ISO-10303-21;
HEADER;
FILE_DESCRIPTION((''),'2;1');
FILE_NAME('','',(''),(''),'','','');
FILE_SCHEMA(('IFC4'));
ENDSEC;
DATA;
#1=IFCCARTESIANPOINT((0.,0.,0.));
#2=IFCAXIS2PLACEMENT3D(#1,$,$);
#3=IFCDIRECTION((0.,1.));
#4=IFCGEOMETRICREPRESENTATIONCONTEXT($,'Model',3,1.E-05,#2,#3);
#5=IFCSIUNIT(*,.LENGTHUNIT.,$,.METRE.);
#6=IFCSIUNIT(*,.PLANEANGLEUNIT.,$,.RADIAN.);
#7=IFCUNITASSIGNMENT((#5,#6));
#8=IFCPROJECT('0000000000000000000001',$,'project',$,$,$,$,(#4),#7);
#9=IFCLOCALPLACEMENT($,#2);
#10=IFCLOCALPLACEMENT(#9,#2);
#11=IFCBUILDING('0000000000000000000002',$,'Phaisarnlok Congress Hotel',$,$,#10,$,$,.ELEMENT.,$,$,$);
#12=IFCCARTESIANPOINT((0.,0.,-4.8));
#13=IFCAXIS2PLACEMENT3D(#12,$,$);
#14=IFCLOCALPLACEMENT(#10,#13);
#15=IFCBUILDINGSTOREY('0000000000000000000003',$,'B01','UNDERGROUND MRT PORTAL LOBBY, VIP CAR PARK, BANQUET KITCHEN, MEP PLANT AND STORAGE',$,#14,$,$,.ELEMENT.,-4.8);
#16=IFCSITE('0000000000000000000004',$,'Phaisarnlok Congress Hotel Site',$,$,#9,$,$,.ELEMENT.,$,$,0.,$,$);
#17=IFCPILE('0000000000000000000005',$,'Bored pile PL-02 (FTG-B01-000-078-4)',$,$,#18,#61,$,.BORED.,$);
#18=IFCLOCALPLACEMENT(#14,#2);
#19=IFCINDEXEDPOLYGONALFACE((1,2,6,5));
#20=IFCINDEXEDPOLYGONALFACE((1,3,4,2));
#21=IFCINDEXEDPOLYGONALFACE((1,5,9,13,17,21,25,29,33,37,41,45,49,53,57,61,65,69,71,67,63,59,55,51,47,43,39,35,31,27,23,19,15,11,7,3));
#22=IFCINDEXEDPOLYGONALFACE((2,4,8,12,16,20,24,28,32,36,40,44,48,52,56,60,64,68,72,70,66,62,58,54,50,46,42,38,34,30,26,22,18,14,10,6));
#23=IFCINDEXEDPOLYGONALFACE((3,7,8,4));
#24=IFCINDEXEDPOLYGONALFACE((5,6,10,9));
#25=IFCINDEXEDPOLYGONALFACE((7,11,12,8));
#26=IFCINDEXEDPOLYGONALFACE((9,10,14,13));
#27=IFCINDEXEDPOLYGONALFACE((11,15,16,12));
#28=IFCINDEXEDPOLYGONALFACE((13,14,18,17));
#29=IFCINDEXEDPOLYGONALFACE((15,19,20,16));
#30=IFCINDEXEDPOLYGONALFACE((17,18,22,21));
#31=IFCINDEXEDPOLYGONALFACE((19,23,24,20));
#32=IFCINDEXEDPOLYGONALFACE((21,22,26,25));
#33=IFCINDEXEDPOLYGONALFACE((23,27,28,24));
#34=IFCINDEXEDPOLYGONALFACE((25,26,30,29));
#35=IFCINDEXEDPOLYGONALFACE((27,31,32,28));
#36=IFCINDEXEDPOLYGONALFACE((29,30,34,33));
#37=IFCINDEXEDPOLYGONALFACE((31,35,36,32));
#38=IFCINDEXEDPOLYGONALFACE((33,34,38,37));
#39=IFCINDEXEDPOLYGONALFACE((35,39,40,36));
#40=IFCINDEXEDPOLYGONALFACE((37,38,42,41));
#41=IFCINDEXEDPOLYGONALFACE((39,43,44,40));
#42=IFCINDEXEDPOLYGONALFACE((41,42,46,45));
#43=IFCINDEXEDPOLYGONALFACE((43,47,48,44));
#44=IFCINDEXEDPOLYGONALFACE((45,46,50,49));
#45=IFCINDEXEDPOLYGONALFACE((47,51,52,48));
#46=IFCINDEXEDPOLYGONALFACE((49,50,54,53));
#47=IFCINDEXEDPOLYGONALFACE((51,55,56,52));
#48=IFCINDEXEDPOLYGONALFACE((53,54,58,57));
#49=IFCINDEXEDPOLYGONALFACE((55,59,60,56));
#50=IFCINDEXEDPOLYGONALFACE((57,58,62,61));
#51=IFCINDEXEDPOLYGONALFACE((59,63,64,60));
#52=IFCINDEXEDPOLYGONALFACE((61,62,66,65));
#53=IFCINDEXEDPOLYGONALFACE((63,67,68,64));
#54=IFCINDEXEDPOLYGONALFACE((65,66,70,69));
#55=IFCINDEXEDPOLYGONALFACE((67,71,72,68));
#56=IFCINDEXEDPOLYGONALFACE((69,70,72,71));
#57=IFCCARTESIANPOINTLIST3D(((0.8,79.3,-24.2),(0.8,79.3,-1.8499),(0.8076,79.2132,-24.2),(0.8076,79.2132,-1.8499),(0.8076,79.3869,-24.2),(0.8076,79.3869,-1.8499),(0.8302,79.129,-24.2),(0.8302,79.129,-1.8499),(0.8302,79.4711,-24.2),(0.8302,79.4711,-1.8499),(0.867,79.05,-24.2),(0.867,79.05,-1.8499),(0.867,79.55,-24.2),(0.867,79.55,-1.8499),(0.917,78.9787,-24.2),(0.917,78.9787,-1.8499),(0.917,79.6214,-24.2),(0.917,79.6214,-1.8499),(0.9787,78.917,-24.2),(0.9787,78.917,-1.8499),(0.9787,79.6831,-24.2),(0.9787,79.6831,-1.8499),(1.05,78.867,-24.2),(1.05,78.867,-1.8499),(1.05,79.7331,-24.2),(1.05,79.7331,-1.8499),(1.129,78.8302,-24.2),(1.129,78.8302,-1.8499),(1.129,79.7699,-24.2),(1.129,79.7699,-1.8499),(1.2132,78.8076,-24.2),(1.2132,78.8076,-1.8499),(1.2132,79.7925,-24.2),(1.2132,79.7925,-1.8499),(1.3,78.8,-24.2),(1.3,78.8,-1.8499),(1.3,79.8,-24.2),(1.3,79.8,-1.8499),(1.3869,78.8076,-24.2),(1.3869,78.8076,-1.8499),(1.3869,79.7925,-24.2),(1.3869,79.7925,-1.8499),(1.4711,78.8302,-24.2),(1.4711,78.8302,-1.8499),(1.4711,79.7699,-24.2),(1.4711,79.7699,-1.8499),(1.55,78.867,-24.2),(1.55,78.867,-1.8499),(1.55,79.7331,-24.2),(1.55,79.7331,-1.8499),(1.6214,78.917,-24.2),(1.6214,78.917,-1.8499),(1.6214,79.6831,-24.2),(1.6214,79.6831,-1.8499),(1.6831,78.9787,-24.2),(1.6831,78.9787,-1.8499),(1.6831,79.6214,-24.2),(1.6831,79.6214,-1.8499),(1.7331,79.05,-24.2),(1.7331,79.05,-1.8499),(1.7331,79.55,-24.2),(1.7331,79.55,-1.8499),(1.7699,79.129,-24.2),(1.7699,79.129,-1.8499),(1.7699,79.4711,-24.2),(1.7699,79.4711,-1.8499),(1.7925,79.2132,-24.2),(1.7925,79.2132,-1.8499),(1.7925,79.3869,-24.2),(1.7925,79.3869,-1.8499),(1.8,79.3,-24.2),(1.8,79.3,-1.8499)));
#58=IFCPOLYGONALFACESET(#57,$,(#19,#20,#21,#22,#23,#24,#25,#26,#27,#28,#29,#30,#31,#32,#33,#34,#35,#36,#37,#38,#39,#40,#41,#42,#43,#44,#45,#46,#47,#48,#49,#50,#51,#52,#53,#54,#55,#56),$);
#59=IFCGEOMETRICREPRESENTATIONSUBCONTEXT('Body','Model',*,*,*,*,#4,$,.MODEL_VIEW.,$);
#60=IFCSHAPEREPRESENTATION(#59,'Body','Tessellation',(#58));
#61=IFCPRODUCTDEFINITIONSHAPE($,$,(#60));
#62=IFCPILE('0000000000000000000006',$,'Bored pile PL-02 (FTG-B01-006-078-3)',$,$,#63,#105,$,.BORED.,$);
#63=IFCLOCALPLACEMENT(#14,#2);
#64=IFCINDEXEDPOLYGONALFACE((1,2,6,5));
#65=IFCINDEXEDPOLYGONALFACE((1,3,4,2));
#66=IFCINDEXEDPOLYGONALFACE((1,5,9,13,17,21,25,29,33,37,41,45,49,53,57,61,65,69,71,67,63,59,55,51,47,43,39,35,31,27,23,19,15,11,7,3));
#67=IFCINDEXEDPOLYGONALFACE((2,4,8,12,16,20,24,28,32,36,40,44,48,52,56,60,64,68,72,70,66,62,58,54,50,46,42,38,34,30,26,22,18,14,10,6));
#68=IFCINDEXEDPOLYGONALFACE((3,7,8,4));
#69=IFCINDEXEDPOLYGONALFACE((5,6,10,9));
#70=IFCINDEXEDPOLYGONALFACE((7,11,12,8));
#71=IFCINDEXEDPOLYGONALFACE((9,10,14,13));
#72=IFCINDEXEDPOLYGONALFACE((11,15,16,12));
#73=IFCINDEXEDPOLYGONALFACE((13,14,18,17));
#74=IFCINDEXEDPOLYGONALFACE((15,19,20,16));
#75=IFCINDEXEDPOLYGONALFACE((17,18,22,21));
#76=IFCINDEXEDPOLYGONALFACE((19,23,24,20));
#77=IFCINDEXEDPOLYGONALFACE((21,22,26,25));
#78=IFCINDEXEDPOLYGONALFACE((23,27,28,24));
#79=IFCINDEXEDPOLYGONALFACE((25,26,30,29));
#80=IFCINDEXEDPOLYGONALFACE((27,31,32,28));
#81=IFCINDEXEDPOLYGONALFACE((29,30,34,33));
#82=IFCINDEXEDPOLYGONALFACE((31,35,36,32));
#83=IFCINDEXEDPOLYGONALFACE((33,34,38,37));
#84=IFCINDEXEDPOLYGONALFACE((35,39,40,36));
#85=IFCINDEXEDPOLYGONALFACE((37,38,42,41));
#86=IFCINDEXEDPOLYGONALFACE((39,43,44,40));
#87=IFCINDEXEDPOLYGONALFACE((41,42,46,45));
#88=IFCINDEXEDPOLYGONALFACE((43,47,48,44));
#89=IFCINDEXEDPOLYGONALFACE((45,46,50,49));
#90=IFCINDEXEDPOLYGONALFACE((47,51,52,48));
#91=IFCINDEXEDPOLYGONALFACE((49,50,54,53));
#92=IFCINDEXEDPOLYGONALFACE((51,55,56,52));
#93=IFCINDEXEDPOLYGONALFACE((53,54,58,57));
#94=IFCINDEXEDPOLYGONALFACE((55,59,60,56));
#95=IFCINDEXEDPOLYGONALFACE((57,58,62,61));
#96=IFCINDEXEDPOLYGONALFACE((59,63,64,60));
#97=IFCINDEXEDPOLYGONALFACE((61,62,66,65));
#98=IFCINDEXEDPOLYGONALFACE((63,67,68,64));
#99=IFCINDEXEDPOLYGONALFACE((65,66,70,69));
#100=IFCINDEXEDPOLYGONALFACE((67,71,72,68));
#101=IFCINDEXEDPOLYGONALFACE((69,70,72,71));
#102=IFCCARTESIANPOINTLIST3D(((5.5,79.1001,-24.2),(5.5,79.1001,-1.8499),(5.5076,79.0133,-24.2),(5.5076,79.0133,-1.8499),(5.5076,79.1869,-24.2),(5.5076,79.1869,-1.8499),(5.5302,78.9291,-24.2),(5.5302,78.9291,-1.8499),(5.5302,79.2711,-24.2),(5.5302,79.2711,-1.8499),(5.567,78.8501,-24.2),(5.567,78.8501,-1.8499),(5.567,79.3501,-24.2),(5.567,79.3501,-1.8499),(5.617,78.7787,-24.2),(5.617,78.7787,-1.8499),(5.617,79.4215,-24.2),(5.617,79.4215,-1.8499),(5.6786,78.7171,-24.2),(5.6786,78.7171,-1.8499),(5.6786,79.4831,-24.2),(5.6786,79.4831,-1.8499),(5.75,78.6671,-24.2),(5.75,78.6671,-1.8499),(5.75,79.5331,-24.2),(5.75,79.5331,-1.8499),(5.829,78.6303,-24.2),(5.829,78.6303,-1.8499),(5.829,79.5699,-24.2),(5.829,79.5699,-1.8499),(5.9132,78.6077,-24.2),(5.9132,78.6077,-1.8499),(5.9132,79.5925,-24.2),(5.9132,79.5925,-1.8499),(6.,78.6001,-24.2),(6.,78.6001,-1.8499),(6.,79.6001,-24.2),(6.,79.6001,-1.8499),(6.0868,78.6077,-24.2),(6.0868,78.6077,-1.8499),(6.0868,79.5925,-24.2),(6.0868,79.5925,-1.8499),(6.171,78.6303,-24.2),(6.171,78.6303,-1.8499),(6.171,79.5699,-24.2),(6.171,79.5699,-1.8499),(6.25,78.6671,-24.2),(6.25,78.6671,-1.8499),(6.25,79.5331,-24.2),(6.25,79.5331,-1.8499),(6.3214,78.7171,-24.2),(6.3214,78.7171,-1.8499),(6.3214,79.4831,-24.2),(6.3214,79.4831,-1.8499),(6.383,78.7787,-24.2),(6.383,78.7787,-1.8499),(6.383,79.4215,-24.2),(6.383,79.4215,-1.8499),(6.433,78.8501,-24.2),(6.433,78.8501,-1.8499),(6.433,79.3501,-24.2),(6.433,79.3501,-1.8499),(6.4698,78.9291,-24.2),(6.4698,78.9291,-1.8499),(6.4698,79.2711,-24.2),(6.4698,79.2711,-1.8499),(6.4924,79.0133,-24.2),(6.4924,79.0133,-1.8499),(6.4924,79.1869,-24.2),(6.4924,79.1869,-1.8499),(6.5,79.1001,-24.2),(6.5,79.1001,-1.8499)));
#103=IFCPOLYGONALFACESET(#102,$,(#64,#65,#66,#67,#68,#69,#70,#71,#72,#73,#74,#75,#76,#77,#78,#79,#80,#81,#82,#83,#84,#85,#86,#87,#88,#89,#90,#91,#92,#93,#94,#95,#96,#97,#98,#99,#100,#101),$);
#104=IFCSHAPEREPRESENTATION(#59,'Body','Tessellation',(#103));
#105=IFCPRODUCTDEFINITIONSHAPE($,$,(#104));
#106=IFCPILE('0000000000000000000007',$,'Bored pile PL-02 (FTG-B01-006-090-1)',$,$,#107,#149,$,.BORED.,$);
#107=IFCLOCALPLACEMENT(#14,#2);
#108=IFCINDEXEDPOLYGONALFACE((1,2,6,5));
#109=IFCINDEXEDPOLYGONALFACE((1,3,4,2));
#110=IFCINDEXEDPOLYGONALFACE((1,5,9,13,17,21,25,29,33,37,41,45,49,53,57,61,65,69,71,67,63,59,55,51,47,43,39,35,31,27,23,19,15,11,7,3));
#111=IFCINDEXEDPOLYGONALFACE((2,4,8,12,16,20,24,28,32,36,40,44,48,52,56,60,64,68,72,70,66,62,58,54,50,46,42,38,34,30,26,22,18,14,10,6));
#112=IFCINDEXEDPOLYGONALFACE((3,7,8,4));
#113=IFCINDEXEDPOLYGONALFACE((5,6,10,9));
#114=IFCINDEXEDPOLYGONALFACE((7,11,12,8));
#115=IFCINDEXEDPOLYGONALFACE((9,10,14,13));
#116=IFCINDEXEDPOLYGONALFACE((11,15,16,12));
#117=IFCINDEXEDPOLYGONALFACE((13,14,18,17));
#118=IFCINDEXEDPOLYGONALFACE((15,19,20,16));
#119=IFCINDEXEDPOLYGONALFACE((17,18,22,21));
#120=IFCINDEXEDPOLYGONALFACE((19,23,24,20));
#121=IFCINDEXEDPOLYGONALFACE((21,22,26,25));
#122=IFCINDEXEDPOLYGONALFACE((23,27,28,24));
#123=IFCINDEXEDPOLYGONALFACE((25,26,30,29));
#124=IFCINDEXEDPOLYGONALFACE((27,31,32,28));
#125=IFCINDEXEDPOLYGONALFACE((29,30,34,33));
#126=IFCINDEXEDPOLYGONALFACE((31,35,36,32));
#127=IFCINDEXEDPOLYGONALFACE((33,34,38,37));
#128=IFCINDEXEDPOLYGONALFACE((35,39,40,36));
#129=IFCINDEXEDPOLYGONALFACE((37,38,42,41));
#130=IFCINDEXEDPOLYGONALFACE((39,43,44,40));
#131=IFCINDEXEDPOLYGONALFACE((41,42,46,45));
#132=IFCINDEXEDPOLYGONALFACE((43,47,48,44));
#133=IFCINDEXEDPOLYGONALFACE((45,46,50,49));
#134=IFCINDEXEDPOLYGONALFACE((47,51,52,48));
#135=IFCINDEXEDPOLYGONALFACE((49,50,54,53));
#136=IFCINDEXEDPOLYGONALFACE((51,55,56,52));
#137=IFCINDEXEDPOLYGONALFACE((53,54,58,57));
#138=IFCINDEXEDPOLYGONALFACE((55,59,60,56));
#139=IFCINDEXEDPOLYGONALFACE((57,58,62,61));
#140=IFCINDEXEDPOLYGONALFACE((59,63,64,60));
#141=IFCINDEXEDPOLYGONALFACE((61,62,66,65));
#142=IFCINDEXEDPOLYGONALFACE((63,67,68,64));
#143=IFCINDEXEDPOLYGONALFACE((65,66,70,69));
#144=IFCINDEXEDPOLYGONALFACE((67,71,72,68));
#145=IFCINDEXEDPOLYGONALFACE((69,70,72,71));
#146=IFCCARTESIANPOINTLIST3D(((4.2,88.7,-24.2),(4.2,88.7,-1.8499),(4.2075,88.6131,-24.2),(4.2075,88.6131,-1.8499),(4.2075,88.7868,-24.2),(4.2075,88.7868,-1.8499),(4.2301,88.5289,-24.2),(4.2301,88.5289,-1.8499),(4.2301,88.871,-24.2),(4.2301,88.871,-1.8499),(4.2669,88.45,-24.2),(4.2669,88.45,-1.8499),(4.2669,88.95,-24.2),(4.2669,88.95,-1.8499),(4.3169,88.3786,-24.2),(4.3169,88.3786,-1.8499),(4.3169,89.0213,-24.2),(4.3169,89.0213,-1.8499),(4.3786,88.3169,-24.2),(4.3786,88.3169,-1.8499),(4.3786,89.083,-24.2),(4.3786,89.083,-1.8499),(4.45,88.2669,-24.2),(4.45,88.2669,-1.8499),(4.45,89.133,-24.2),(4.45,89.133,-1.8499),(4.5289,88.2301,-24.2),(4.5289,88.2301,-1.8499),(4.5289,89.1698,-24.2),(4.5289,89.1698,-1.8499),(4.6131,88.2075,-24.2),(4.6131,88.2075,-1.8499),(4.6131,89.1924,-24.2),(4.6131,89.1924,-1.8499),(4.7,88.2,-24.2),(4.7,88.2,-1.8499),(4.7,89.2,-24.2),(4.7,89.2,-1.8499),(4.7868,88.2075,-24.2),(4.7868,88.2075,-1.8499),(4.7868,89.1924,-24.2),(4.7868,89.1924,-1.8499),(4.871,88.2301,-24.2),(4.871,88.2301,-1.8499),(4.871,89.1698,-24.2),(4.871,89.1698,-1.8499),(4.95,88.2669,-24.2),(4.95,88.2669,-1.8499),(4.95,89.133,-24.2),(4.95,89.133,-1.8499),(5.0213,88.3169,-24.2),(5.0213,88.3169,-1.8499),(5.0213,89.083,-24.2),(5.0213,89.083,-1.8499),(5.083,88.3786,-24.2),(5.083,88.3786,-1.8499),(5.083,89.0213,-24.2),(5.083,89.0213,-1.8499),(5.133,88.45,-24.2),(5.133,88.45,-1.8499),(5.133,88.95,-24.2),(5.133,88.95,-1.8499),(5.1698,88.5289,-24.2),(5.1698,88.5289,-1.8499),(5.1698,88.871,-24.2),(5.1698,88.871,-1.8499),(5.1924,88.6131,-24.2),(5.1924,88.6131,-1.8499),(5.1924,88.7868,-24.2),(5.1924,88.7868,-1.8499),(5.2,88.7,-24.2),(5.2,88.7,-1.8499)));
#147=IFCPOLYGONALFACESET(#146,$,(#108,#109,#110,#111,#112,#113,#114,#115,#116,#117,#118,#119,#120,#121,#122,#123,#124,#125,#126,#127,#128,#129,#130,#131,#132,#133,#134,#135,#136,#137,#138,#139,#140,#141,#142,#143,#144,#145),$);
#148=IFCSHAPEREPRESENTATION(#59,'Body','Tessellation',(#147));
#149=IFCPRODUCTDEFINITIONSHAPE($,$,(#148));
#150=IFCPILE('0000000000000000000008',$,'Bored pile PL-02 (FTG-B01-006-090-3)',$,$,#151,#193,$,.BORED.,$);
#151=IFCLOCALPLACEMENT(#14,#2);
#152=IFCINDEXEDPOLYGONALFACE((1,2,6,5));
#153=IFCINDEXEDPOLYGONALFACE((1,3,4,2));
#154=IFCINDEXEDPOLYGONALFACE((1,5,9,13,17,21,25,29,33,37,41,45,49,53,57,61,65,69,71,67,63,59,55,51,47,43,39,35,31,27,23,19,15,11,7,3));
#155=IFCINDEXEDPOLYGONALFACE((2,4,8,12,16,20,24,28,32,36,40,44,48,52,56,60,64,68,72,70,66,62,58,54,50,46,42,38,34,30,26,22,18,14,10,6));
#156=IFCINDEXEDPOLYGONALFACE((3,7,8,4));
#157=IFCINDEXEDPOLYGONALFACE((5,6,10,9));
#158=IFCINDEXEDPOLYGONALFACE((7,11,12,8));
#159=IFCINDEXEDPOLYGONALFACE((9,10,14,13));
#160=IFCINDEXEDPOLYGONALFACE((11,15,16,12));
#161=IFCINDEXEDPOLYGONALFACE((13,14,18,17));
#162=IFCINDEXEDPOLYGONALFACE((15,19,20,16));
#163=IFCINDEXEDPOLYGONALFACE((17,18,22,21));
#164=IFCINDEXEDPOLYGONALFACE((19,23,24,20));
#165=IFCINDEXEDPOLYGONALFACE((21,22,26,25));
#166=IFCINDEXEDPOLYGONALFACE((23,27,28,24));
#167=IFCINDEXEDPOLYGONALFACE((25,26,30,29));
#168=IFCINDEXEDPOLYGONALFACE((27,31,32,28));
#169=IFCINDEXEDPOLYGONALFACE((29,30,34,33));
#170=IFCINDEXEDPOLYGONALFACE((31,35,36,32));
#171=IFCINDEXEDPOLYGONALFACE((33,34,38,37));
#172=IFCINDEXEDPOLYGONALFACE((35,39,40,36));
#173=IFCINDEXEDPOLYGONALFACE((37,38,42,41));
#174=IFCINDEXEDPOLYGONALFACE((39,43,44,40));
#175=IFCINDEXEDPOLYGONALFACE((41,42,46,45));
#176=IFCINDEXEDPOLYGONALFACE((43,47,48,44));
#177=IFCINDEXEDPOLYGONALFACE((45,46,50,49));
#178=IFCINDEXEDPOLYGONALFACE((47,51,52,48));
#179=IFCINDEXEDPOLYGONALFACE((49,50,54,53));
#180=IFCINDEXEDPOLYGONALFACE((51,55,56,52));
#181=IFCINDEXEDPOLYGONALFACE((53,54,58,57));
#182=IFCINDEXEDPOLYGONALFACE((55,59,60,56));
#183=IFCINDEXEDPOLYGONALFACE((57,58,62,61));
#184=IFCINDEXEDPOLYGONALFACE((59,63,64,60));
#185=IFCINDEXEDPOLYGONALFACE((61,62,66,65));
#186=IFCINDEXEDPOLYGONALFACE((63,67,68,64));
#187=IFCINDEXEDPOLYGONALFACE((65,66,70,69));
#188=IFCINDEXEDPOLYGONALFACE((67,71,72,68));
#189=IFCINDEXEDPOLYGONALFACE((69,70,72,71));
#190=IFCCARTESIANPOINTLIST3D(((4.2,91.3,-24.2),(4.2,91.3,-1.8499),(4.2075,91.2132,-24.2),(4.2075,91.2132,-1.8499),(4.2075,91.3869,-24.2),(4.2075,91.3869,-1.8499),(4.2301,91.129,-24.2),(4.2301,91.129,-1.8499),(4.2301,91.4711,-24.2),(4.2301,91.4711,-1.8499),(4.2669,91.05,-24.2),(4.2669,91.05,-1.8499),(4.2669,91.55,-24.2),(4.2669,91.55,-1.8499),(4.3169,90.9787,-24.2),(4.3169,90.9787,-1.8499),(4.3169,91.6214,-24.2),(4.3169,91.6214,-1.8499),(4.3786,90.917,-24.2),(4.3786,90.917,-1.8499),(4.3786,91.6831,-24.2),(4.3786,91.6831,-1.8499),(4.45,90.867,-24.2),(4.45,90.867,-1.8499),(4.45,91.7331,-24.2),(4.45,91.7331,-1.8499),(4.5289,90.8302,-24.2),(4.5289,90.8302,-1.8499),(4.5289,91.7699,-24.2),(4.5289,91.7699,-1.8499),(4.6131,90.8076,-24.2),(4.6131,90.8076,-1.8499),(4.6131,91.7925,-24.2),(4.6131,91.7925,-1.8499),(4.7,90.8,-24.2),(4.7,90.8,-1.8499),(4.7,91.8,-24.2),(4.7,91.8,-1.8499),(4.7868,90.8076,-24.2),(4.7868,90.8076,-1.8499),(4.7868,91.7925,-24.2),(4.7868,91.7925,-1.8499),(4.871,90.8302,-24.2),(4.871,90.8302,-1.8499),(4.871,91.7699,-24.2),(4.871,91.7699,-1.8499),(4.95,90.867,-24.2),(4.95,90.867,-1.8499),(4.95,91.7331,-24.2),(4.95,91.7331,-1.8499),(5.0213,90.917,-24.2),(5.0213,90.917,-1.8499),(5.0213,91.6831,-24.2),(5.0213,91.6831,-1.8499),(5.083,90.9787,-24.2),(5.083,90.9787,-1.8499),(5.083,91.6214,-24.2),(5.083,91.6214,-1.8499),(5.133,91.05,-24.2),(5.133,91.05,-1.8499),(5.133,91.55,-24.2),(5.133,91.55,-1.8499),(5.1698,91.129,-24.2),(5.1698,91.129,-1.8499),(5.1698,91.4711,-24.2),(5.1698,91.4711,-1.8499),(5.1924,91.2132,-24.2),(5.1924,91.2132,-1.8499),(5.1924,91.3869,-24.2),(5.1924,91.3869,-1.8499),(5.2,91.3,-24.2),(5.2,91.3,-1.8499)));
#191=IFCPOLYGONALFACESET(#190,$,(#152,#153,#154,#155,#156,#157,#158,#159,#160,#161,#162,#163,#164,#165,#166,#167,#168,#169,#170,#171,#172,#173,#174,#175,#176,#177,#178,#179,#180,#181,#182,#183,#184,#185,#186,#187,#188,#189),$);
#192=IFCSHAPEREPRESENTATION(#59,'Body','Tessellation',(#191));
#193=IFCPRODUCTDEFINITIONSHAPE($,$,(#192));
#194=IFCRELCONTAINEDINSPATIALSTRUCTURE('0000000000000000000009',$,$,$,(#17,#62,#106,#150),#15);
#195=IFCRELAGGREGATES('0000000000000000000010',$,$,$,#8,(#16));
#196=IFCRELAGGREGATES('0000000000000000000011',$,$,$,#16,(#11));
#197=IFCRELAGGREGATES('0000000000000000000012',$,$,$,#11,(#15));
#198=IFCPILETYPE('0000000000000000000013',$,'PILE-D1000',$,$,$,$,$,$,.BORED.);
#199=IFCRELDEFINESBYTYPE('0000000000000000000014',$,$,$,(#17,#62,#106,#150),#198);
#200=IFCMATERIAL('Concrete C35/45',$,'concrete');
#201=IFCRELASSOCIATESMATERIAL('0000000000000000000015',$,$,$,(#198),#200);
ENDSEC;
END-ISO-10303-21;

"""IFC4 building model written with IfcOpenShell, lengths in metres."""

from ifc_helpers import new_model, si_unit, direction, frame, origin, origin_2d, place, context, subcontext, project, spatial, circle, extrude, material, material_profile, profile_set, type_object, element, save


model = new_model("IFC4")

# Units and contexts
model_context = context("Model", 3, precision=1e-05, world=origin(), true_north=direction((0.0, 1.0)))
body_context = subcontext(model_context, "Body", "Model", "MODEL_VIEW")
ifc_project = project(units=[si_unit("LENGTHUNIT", "METRE"), si_unit("PLANEANGLEUNIT", "RADIAN")], contexts=[model_context])

# Site, building, storey
site_placement = place(None, origin())
site = spatial("IfcSite", under=ifc_project, at=site_placement, Name="Phaisarnlok Congress Hotel Site", CompositionType="ELEMENT", RefElevation=0.0)
building_placement = place(site_placement, origin())
building = spatial("IfcBuilding", under=site, at=building_placement, Name="Phaisarnlok Congress Hotel", CompositionType="ELEMENT")
storey_placement = place(building_placement, frame((0.0, 0.0, -4.8)))
storey = spatial("IfcBuildingStorey", under=building, at=storey_placement, Name="B01", Description="UNDERGROUND MRT PORTAL LOBBY, VIP CAR PARK, BANQUET KITCHEN, MEP PLANT AND STORAGE", CompositionType="ELEMENT", Elevation=-4.8)

# Piles
ifc_material_1 = material(Name="Concrete C35/45", Category="concrete")
ifc_material_profile_1 = material_profile(ifc_material_1, circle(Radius=0.5, at=origin_2d()), Name="BORED PILE D1000")
ifc_profile_set_1 = profile_set([ifc_material_profile_1], Name="Concrete C35/45")
pile_type_1 = type_object("IfcPileType", Name="PILE-D1000", PredefinedType="BORED", material=ifc_profile_set_1)
for number, where, z_axis, x_axis, name in (
    (1, (1.3, 79.3, -1.8499), (0.0, 0.0, -1.0), (1.0, 0.0, 0.0), "Bored pile PL-02 (FTG-B01-000-078-4)"),
    (2, (6.0, 79.1001, -1.8499), (0.0, 0.0, -1.0), (1.0, 0.0, 0.0), "Bored pile PL-02 (FTG-B01-006-078-3)"),
    (3, (4.7, 88.7, -1.8499), (0.0, 0.0, -1.0), (1.0, 0.0, 0.0), "Bored pile PL-02 (FTG-B01-006-090-1)"),
    (4, (4.7, 91.3, -1.8499), (0.0, 0.0, -1.0), (1.0, 0.0, 0.0), "Bored pile PL-02 (FTG-B01-006-090-3)"),
):
    element("IfcPile", number, at=place(storey_placement, frame(where, z_axis=z_axis, x_axis=x_axis)), inside=storey, type_object=pile_type_1, Name=name, PredefinedType="BORED", context=body_context, shape_type="SweptSolid", body=[
        extrude(circle(Radius=0.5, at=origin_2d()), origin(), (0.0, 0.0, 1.0), 22.3501),
    ])

save(model, "model.ifc")
